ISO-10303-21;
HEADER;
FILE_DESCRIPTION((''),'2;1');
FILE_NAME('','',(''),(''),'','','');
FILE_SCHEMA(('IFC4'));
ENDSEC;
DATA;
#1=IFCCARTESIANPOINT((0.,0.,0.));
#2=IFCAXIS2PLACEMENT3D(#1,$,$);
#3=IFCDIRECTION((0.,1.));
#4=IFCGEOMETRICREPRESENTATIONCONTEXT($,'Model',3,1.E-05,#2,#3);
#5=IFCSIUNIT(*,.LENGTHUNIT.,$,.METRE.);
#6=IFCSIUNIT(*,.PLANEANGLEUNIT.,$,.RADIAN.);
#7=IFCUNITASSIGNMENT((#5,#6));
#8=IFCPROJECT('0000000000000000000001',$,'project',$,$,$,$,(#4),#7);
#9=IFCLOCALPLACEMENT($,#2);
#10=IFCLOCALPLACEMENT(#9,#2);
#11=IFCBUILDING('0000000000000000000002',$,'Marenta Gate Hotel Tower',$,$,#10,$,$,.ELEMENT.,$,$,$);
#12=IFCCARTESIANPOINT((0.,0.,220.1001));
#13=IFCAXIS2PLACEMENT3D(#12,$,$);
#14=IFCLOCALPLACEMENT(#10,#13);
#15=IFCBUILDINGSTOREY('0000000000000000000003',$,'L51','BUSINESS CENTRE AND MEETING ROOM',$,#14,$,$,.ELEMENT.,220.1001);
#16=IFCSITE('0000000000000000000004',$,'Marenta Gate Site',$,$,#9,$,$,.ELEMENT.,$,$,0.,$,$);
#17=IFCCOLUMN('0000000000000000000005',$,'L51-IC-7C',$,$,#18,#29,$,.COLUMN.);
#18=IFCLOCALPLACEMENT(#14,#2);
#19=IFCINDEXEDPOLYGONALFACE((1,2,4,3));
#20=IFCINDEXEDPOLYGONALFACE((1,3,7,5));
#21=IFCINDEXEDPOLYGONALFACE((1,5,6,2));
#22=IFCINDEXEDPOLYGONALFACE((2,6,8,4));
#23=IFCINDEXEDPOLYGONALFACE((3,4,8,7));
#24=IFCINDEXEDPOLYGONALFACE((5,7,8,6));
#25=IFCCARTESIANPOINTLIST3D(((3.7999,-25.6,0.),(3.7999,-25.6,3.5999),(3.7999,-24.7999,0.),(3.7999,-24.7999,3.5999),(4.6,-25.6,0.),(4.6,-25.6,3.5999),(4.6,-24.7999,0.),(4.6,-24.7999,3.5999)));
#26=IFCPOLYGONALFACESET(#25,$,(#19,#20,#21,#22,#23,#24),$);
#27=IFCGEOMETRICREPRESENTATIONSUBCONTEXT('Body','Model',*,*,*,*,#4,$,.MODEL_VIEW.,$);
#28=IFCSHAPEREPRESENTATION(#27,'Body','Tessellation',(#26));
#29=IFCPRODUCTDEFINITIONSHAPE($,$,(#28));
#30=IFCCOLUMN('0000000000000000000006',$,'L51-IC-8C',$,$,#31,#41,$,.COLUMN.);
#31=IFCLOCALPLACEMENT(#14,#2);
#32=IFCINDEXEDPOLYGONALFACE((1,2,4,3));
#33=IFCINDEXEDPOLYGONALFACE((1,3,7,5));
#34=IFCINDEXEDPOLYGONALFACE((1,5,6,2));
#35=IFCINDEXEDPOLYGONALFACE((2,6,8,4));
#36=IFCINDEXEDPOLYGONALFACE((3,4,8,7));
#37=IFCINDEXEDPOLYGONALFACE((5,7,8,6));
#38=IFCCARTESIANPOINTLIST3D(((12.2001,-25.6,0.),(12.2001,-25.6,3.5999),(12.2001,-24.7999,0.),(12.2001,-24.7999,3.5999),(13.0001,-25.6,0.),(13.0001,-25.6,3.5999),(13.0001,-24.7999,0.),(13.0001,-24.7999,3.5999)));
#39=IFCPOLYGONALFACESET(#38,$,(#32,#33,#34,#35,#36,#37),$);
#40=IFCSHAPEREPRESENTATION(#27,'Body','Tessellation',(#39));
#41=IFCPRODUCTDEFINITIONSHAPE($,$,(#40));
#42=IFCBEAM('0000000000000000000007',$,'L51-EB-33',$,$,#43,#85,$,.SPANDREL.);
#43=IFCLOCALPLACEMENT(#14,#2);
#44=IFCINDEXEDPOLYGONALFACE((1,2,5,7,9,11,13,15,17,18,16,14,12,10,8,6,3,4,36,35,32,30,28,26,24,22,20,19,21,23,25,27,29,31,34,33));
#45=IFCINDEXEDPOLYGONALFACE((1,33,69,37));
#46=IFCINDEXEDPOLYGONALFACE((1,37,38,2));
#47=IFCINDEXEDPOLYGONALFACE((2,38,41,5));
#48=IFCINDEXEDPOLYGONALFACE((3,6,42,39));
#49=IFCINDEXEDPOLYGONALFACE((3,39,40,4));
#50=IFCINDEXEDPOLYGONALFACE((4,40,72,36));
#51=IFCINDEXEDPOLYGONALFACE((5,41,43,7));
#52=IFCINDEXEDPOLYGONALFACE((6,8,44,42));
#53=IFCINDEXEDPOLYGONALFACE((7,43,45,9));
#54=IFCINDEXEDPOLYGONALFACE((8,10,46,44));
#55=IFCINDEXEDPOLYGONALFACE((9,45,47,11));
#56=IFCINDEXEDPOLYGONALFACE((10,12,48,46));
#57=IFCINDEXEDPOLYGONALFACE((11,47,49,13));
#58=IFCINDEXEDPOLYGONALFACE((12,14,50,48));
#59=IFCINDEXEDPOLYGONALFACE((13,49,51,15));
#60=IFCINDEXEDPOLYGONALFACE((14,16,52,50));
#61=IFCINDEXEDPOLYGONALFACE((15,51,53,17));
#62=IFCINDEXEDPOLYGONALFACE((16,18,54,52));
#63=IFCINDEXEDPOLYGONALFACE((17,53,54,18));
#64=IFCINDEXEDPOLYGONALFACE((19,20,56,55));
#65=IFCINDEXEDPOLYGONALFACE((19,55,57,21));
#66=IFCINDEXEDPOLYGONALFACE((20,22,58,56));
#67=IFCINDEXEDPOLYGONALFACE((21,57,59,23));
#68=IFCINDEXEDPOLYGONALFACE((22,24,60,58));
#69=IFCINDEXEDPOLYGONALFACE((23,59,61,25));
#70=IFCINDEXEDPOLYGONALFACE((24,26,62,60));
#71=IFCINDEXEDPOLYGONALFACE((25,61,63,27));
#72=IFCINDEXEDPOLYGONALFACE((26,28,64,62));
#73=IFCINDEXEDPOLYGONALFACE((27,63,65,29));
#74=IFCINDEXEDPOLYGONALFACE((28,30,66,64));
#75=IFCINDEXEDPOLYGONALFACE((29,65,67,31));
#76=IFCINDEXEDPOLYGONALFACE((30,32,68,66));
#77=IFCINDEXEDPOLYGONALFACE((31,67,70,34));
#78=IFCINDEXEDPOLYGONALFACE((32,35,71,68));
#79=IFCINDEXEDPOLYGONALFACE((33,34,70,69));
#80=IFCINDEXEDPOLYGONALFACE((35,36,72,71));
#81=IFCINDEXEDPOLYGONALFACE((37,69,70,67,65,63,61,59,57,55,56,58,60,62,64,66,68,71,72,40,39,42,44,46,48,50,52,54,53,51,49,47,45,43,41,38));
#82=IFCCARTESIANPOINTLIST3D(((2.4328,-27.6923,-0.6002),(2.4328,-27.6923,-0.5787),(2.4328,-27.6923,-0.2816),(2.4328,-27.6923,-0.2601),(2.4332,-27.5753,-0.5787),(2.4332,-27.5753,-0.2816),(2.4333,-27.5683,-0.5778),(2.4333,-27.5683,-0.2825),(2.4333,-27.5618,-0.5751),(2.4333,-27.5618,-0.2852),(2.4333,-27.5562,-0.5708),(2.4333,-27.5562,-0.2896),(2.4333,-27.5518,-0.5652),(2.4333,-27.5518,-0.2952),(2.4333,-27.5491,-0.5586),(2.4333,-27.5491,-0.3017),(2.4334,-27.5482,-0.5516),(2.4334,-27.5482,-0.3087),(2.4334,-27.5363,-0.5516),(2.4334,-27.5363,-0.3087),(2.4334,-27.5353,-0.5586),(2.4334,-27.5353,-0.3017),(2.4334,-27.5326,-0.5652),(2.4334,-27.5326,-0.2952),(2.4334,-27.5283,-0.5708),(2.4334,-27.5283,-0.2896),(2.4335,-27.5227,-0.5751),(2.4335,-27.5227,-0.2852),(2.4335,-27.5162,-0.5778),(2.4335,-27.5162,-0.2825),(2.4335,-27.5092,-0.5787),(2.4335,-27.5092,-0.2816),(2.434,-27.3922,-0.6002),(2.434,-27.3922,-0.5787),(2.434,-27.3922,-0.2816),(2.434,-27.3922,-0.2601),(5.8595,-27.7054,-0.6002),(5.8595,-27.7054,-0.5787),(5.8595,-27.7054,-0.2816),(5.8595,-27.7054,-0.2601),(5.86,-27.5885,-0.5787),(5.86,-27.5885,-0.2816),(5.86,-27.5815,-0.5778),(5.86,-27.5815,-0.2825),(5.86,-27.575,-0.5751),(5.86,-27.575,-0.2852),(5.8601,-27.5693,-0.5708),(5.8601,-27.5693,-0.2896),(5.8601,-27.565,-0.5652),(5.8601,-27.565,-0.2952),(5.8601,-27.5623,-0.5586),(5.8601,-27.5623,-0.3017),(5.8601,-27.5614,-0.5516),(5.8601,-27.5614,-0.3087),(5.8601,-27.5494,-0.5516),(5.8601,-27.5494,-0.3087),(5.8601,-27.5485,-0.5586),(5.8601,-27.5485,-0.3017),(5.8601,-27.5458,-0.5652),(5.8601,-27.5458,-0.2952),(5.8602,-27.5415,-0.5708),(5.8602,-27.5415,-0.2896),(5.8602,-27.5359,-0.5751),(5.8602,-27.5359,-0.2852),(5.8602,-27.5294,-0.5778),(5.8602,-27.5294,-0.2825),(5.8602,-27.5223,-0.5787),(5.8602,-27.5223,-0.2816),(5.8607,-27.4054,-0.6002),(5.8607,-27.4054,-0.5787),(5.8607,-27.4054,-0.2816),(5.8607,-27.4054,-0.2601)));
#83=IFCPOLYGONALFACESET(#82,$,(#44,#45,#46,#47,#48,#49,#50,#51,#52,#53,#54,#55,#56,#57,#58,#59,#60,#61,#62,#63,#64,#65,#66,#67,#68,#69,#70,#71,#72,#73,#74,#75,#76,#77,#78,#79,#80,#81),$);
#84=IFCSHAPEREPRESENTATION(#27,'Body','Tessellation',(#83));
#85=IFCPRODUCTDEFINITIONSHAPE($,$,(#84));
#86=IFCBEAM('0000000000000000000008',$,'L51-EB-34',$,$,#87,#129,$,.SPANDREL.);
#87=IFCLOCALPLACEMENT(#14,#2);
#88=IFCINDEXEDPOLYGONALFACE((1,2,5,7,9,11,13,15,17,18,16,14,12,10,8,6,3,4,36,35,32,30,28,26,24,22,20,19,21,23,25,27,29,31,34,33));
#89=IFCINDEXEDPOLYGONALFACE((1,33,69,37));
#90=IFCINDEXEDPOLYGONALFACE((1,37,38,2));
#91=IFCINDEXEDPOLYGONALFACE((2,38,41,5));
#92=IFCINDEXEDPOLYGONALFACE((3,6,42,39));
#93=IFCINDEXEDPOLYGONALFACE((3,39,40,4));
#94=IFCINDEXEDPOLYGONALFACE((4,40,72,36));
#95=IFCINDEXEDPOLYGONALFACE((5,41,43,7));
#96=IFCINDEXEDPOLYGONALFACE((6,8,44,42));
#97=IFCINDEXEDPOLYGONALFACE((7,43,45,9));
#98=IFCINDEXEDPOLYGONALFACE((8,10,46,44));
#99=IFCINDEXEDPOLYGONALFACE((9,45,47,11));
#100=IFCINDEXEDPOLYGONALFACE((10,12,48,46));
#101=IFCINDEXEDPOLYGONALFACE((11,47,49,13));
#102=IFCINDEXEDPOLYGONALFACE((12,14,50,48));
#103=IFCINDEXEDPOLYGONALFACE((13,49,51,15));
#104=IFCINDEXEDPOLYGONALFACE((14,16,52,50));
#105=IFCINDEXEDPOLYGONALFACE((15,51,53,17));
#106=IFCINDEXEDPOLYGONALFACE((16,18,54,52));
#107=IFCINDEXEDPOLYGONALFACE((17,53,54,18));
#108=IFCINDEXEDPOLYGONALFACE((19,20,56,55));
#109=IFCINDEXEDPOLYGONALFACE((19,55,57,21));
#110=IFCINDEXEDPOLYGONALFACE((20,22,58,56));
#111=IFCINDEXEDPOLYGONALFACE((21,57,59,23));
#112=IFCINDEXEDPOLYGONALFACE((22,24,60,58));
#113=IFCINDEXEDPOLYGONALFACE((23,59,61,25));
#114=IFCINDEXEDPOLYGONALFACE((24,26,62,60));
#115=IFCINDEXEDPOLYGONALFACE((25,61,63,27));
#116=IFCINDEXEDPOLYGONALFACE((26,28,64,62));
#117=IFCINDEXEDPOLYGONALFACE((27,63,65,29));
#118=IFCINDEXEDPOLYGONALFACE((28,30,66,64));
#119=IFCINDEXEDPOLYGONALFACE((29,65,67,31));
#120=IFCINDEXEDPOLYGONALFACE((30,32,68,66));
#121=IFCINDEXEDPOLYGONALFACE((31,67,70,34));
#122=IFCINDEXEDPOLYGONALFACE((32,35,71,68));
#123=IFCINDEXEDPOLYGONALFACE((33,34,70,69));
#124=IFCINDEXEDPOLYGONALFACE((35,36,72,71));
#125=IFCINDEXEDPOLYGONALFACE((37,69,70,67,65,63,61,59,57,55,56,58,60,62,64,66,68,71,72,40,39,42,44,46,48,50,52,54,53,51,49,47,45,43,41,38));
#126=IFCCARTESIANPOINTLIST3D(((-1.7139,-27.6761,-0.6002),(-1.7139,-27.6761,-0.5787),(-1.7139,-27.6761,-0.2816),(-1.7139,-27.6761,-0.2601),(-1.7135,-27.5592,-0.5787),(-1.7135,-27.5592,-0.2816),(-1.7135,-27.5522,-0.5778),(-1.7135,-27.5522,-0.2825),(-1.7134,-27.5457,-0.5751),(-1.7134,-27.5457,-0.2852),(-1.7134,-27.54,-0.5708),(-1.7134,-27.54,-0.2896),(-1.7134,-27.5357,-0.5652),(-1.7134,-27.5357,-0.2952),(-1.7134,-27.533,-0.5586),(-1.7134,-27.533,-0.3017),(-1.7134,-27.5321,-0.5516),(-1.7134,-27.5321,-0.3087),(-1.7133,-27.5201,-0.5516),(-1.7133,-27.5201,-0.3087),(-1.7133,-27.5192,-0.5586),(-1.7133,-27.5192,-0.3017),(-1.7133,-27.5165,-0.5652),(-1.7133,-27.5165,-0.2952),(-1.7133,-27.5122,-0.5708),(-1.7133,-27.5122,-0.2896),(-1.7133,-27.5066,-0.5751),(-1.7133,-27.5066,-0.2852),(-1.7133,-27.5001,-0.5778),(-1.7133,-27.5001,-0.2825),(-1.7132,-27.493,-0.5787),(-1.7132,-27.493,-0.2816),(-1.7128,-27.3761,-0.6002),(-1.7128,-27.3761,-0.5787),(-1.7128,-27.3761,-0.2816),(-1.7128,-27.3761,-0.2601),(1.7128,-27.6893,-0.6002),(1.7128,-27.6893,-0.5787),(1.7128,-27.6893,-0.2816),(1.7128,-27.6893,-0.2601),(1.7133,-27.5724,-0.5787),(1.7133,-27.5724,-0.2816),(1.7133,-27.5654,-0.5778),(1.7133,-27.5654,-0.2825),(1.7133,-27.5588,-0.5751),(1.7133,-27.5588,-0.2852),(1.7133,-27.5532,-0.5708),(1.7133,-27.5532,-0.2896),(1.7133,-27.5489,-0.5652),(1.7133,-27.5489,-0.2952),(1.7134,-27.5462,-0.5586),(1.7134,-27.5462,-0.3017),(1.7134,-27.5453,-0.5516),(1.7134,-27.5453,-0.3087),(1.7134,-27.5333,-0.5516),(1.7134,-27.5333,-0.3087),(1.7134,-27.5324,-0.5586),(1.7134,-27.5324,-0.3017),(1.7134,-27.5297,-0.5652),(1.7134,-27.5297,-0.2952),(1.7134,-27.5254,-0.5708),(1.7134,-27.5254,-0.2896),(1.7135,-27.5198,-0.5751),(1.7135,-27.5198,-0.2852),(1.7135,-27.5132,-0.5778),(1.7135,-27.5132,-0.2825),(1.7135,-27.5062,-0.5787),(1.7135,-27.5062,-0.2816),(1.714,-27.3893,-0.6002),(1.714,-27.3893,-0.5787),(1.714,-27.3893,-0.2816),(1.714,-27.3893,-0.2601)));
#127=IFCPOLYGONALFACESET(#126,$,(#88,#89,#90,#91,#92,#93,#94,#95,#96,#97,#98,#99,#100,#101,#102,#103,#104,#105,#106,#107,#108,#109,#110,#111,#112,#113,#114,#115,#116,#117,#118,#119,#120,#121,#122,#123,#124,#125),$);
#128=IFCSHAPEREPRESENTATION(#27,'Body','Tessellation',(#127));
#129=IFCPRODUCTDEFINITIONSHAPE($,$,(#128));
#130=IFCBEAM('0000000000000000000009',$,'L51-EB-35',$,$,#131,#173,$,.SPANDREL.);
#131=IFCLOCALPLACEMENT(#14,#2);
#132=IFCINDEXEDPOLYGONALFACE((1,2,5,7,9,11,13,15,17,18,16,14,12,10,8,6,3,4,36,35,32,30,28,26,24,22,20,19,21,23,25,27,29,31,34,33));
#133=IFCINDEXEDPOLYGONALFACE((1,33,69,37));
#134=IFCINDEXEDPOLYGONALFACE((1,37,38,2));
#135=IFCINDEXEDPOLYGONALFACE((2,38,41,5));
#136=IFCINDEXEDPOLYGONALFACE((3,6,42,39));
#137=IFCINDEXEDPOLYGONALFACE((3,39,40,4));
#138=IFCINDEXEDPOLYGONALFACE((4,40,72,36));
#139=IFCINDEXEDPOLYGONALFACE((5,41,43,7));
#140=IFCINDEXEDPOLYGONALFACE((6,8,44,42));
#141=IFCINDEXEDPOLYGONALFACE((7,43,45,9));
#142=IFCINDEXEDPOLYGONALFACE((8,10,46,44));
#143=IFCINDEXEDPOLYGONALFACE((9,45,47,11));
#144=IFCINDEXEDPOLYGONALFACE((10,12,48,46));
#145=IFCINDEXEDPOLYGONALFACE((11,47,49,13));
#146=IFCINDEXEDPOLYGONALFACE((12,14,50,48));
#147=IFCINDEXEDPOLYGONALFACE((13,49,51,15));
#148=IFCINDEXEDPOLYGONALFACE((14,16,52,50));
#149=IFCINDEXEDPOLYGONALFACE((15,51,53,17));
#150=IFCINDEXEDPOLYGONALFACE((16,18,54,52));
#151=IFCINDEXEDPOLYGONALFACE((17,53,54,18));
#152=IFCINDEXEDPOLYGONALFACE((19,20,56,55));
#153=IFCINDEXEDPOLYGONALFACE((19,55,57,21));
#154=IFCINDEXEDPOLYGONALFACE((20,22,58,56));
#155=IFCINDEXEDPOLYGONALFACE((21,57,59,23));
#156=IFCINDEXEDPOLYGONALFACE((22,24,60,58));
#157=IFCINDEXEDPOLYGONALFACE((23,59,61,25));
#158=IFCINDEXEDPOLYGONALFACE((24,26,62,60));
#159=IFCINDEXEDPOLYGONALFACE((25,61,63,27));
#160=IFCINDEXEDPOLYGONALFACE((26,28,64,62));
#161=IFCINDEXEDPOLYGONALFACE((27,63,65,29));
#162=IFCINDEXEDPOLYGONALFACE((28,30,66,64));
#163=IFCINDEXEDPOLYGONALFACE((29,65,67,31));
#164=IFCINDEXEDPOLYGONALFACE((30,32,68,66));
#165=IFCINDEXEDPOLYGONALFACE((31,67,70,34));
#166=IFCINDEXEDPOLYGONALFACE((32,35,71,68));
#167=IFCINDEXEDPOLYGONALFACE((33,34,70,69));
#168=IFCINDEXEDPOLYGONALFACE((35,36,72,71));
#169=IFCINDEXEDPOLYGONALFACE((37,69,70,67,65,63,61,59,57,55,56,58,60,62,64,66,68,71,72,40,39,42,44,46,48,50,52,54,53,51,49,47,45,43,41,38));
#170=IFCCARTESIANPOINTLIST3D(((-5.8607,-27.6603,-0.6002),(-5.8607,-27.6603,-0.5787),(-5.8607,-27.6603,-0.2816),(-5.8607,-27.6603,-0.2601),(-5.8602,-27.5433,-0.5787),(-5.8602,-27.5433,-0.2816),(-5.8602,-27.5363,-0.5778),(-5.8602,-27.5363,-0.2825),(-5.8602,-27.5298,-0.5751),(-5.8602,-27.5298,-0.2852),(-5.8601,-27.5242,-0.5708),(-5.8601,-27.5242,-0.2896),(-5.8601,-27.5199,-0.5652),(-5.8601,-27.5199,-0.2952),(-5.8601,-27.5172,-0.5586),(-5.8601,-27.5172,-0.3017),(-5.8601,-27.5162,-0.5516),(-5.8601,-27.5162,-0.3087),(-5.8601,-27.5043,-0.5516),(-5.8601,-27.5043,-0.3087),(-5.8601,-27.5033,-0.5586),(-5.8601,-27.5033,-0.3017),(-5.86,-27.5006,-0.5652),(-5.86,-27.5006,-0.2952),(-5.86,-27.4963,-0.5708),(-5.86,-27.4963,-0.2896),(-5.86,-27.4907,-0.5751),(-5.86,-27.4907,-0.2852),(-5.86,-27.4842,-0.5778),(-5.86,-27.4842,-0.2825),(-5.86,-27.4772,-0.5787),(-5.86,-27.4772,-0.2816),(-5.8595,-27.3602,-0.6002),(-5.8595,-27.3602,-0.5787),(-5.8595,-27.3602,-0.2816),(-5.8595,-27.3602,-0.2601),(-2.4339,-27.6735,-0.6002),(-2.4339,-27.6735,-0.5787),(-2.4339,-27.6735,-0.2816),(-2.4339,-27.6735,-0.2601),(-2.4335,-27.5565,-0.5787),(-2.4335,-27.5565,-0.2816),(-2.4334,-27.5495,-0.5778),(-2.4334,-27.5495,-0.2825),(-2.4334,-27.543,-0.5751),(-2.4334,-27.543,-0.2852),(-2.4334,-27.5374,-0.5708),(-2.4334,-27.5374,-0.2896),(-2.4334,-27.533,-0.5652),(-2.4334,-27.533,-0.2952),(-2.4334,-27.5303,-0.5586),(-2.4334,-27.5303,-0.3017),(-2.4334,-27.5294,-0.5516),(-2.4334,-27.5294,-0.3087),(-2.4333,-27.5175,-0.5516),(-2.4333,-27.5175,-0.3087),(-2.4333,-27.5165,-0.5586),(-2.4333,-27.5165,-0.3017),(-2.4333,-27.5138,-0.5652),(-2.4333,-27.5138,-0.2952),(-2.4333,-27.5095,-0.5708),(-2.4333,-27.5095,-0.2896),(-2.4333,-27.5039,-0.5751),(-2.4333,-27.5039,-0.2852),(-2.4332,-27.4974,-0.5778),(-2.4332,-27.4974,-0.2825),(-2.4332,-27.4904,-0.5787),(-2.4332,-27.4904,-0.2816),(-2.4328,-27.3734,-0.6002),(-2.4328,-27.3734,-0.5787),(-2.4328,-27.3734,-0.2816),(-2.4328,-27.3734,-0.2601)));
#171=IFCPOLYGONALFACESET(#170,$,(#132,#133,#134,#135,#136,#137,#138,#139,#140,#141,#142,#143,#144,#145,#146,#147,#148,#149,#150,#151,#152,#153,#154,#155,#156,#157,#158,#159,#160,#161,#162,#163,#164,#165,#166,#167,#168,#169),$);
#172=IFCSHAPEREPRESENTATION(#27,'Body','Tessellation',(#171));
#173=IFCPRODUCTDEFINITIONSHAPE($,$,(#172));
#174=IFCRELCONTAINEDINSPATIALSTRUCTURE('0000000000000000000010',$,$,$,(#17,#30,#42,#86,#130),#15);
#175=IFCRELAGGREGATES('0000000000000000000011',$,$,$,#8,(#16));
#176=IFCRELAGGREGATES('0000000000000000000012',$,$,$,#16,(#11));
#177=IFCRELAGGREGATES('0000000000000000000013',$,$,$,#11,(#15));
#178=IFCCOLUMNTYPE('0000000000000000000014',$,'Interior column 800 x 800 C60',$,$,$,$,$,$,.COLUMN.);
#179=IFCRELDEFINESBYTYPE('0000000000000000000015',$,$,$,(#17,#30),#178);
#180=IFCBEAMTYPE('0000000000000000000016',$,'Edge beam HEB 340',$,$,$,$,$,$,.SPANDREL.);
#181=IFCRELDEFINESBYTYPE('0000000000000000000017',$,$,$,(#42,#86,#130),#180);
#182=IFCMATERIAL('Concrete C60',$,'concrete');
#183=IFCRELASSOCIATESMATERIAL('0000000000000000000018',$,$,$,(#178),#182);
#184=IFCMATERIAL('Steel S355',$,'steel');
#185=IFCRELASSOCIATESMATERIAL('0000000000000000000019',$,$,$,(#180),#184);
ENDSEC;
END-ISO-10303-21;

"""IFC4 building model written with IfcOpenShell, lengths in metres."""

from ifc_helpers import new_model, si_unit, direction, frame, origin, origin_2d, place, context, subcontext, project, spatial, rectangle, i_section, extrude, material, material_profile, profile_set, type_object, element, save


model = new_model("IFC4")

# Units and contexts
model_context = context("Model", 3, precision=1e-05, world=origin(), true_north=direction((0.0, 1.0)))
body_context = subcontext(model_context, "Body", "Model", "MODEL_VIEW")
ifc_project = project(units=[si_unit("LENGTHUNIT", "METRE"), si_unit("PLANEANGLEUNIT", "RADIAN")], contexts=[model_context])

# Site, building, storey
site_placement = place(None, origin())
site = spatial("IfcSite", under=ifc_project, at=site_placement, Name="Marenta Gate Site", CompositionType="ELEMENT", RefElevation=0.0)
building_placement = place(site_placement, origin())
building = spatial("IfcBuilding", under=site, at=building_placement, Name="Marenta Gate Hotel Tower", CompositionType="ELEMENT")
storey_placement = place(building_placement, frame((0.0, 0.0, 220.1001)))
storey = spatial("IfcBuildingStorey", under=building, at=storey_placement, Name="L51", Description="BUSINESS CENTRE AND MEETING ROOM", CompositionType="ELEMENT", Elevation=220.1001)

# Columns
ifc_material_1 = material(Name="Concrete C60", Category="concrete")
ifc_material_profile_1 = material_profile(ifc_material_1, rectangle(XDim=0.8, YDim=0.8, at=origin_2d()), Name="800 x 800")
ifc_profile_set_1 = profile_set([ifc_material_profile_1], Name="Concrete C60")
column_type = type_object("IfcColumnType", Name="Interior column 800 x 800 C60", PredefinedType="COLUMN", material=ifc_profile_set_1)
for number, where, z_axis, x_axis, name in (
    (1, (4.2, -25.2, 0.0), (0.0, 0.0, 1.0), (1.0, 0.0, 0.0), "L51-IC-7C"),
    (2, (12.6001, -25.2, 0.0), (0.0, 0.0, 1.0), (1.0, 0.0, 0.0), "L51-IC-8C"),
):
    element("IfcColumn", number, at=place(storey_placement, frame(where, z_axis=z_axis, x_axis=x_axis)), inside=storey, type_object=column_type, Name=name, PredefinedType="COLUMN", context=body_context, shape_type="SweptSolid", body=[
        extrude(rectangle(XDim=0.8, YDim=0.8, at=origin_2d()), origin(), (0.0, 0.0, 1.0), 3.5999),
    ])

# Beams
ifc_material_2 = material(Name="Steel S355", Category="steel")
ifc_material_profile_2 = material_profile(ifc_material_2, i_section(OverallWidth=0.3, OverallDepth=0.3401, WebThickness=0.012, FlangeThickness=0.0215, FilletRadius=0.0271, at=origin_2d()), Name="HEB 340")
ifc_profile_set_2 = profile_set([ifc_material_profile_2], Name="Steel S355")
beam_type_1 = type_object("IfcBeamType", Name="Edge beam HEB 340", PredefinedType="SPANDREL", material=ifc_profile_set_2)
for number, where, z_axis, x_axis, name in (
    (3, (5.8601, -27.5554, -0.4302), (-0.999993, 0.003847, 0.0), (-0.003847, -0.999993, 0.0), "L51-EB-33"),
    (4, (1.7134, -27.5393, -0.4302), (-0.999993, 0.003847, 0.0), (-0.003847, -0.999993, 0.0), "L51-EB-34"),
    (5, (-2.4333, -27.5234, -0.4302), (-0.999993, 0.003847, 0.0), (-0.003847, -0.999993, 0.0), "L51-EB-35"),
):
    element("IfcBeam", number, at=place(storey_placement, frame(where, z_axis=z_axis, x_axis=x_axis)), inside=storey, type_object=beam_type_1, Name=name, PredefinedType="SPANDREL", context=body_context, shape_type="SweptSolid", body=[
        extrude(i_section(OverallWidth=0.3, OverallDepth=0.3401, WebThickness=0.012, FlangeThickness=0.0215, FilletRadius=0.0271, at=origin_2d()), origin(), (0.0, 0.0, 1.0), 3.4268),
    ])

save(model, "model.ifc")
